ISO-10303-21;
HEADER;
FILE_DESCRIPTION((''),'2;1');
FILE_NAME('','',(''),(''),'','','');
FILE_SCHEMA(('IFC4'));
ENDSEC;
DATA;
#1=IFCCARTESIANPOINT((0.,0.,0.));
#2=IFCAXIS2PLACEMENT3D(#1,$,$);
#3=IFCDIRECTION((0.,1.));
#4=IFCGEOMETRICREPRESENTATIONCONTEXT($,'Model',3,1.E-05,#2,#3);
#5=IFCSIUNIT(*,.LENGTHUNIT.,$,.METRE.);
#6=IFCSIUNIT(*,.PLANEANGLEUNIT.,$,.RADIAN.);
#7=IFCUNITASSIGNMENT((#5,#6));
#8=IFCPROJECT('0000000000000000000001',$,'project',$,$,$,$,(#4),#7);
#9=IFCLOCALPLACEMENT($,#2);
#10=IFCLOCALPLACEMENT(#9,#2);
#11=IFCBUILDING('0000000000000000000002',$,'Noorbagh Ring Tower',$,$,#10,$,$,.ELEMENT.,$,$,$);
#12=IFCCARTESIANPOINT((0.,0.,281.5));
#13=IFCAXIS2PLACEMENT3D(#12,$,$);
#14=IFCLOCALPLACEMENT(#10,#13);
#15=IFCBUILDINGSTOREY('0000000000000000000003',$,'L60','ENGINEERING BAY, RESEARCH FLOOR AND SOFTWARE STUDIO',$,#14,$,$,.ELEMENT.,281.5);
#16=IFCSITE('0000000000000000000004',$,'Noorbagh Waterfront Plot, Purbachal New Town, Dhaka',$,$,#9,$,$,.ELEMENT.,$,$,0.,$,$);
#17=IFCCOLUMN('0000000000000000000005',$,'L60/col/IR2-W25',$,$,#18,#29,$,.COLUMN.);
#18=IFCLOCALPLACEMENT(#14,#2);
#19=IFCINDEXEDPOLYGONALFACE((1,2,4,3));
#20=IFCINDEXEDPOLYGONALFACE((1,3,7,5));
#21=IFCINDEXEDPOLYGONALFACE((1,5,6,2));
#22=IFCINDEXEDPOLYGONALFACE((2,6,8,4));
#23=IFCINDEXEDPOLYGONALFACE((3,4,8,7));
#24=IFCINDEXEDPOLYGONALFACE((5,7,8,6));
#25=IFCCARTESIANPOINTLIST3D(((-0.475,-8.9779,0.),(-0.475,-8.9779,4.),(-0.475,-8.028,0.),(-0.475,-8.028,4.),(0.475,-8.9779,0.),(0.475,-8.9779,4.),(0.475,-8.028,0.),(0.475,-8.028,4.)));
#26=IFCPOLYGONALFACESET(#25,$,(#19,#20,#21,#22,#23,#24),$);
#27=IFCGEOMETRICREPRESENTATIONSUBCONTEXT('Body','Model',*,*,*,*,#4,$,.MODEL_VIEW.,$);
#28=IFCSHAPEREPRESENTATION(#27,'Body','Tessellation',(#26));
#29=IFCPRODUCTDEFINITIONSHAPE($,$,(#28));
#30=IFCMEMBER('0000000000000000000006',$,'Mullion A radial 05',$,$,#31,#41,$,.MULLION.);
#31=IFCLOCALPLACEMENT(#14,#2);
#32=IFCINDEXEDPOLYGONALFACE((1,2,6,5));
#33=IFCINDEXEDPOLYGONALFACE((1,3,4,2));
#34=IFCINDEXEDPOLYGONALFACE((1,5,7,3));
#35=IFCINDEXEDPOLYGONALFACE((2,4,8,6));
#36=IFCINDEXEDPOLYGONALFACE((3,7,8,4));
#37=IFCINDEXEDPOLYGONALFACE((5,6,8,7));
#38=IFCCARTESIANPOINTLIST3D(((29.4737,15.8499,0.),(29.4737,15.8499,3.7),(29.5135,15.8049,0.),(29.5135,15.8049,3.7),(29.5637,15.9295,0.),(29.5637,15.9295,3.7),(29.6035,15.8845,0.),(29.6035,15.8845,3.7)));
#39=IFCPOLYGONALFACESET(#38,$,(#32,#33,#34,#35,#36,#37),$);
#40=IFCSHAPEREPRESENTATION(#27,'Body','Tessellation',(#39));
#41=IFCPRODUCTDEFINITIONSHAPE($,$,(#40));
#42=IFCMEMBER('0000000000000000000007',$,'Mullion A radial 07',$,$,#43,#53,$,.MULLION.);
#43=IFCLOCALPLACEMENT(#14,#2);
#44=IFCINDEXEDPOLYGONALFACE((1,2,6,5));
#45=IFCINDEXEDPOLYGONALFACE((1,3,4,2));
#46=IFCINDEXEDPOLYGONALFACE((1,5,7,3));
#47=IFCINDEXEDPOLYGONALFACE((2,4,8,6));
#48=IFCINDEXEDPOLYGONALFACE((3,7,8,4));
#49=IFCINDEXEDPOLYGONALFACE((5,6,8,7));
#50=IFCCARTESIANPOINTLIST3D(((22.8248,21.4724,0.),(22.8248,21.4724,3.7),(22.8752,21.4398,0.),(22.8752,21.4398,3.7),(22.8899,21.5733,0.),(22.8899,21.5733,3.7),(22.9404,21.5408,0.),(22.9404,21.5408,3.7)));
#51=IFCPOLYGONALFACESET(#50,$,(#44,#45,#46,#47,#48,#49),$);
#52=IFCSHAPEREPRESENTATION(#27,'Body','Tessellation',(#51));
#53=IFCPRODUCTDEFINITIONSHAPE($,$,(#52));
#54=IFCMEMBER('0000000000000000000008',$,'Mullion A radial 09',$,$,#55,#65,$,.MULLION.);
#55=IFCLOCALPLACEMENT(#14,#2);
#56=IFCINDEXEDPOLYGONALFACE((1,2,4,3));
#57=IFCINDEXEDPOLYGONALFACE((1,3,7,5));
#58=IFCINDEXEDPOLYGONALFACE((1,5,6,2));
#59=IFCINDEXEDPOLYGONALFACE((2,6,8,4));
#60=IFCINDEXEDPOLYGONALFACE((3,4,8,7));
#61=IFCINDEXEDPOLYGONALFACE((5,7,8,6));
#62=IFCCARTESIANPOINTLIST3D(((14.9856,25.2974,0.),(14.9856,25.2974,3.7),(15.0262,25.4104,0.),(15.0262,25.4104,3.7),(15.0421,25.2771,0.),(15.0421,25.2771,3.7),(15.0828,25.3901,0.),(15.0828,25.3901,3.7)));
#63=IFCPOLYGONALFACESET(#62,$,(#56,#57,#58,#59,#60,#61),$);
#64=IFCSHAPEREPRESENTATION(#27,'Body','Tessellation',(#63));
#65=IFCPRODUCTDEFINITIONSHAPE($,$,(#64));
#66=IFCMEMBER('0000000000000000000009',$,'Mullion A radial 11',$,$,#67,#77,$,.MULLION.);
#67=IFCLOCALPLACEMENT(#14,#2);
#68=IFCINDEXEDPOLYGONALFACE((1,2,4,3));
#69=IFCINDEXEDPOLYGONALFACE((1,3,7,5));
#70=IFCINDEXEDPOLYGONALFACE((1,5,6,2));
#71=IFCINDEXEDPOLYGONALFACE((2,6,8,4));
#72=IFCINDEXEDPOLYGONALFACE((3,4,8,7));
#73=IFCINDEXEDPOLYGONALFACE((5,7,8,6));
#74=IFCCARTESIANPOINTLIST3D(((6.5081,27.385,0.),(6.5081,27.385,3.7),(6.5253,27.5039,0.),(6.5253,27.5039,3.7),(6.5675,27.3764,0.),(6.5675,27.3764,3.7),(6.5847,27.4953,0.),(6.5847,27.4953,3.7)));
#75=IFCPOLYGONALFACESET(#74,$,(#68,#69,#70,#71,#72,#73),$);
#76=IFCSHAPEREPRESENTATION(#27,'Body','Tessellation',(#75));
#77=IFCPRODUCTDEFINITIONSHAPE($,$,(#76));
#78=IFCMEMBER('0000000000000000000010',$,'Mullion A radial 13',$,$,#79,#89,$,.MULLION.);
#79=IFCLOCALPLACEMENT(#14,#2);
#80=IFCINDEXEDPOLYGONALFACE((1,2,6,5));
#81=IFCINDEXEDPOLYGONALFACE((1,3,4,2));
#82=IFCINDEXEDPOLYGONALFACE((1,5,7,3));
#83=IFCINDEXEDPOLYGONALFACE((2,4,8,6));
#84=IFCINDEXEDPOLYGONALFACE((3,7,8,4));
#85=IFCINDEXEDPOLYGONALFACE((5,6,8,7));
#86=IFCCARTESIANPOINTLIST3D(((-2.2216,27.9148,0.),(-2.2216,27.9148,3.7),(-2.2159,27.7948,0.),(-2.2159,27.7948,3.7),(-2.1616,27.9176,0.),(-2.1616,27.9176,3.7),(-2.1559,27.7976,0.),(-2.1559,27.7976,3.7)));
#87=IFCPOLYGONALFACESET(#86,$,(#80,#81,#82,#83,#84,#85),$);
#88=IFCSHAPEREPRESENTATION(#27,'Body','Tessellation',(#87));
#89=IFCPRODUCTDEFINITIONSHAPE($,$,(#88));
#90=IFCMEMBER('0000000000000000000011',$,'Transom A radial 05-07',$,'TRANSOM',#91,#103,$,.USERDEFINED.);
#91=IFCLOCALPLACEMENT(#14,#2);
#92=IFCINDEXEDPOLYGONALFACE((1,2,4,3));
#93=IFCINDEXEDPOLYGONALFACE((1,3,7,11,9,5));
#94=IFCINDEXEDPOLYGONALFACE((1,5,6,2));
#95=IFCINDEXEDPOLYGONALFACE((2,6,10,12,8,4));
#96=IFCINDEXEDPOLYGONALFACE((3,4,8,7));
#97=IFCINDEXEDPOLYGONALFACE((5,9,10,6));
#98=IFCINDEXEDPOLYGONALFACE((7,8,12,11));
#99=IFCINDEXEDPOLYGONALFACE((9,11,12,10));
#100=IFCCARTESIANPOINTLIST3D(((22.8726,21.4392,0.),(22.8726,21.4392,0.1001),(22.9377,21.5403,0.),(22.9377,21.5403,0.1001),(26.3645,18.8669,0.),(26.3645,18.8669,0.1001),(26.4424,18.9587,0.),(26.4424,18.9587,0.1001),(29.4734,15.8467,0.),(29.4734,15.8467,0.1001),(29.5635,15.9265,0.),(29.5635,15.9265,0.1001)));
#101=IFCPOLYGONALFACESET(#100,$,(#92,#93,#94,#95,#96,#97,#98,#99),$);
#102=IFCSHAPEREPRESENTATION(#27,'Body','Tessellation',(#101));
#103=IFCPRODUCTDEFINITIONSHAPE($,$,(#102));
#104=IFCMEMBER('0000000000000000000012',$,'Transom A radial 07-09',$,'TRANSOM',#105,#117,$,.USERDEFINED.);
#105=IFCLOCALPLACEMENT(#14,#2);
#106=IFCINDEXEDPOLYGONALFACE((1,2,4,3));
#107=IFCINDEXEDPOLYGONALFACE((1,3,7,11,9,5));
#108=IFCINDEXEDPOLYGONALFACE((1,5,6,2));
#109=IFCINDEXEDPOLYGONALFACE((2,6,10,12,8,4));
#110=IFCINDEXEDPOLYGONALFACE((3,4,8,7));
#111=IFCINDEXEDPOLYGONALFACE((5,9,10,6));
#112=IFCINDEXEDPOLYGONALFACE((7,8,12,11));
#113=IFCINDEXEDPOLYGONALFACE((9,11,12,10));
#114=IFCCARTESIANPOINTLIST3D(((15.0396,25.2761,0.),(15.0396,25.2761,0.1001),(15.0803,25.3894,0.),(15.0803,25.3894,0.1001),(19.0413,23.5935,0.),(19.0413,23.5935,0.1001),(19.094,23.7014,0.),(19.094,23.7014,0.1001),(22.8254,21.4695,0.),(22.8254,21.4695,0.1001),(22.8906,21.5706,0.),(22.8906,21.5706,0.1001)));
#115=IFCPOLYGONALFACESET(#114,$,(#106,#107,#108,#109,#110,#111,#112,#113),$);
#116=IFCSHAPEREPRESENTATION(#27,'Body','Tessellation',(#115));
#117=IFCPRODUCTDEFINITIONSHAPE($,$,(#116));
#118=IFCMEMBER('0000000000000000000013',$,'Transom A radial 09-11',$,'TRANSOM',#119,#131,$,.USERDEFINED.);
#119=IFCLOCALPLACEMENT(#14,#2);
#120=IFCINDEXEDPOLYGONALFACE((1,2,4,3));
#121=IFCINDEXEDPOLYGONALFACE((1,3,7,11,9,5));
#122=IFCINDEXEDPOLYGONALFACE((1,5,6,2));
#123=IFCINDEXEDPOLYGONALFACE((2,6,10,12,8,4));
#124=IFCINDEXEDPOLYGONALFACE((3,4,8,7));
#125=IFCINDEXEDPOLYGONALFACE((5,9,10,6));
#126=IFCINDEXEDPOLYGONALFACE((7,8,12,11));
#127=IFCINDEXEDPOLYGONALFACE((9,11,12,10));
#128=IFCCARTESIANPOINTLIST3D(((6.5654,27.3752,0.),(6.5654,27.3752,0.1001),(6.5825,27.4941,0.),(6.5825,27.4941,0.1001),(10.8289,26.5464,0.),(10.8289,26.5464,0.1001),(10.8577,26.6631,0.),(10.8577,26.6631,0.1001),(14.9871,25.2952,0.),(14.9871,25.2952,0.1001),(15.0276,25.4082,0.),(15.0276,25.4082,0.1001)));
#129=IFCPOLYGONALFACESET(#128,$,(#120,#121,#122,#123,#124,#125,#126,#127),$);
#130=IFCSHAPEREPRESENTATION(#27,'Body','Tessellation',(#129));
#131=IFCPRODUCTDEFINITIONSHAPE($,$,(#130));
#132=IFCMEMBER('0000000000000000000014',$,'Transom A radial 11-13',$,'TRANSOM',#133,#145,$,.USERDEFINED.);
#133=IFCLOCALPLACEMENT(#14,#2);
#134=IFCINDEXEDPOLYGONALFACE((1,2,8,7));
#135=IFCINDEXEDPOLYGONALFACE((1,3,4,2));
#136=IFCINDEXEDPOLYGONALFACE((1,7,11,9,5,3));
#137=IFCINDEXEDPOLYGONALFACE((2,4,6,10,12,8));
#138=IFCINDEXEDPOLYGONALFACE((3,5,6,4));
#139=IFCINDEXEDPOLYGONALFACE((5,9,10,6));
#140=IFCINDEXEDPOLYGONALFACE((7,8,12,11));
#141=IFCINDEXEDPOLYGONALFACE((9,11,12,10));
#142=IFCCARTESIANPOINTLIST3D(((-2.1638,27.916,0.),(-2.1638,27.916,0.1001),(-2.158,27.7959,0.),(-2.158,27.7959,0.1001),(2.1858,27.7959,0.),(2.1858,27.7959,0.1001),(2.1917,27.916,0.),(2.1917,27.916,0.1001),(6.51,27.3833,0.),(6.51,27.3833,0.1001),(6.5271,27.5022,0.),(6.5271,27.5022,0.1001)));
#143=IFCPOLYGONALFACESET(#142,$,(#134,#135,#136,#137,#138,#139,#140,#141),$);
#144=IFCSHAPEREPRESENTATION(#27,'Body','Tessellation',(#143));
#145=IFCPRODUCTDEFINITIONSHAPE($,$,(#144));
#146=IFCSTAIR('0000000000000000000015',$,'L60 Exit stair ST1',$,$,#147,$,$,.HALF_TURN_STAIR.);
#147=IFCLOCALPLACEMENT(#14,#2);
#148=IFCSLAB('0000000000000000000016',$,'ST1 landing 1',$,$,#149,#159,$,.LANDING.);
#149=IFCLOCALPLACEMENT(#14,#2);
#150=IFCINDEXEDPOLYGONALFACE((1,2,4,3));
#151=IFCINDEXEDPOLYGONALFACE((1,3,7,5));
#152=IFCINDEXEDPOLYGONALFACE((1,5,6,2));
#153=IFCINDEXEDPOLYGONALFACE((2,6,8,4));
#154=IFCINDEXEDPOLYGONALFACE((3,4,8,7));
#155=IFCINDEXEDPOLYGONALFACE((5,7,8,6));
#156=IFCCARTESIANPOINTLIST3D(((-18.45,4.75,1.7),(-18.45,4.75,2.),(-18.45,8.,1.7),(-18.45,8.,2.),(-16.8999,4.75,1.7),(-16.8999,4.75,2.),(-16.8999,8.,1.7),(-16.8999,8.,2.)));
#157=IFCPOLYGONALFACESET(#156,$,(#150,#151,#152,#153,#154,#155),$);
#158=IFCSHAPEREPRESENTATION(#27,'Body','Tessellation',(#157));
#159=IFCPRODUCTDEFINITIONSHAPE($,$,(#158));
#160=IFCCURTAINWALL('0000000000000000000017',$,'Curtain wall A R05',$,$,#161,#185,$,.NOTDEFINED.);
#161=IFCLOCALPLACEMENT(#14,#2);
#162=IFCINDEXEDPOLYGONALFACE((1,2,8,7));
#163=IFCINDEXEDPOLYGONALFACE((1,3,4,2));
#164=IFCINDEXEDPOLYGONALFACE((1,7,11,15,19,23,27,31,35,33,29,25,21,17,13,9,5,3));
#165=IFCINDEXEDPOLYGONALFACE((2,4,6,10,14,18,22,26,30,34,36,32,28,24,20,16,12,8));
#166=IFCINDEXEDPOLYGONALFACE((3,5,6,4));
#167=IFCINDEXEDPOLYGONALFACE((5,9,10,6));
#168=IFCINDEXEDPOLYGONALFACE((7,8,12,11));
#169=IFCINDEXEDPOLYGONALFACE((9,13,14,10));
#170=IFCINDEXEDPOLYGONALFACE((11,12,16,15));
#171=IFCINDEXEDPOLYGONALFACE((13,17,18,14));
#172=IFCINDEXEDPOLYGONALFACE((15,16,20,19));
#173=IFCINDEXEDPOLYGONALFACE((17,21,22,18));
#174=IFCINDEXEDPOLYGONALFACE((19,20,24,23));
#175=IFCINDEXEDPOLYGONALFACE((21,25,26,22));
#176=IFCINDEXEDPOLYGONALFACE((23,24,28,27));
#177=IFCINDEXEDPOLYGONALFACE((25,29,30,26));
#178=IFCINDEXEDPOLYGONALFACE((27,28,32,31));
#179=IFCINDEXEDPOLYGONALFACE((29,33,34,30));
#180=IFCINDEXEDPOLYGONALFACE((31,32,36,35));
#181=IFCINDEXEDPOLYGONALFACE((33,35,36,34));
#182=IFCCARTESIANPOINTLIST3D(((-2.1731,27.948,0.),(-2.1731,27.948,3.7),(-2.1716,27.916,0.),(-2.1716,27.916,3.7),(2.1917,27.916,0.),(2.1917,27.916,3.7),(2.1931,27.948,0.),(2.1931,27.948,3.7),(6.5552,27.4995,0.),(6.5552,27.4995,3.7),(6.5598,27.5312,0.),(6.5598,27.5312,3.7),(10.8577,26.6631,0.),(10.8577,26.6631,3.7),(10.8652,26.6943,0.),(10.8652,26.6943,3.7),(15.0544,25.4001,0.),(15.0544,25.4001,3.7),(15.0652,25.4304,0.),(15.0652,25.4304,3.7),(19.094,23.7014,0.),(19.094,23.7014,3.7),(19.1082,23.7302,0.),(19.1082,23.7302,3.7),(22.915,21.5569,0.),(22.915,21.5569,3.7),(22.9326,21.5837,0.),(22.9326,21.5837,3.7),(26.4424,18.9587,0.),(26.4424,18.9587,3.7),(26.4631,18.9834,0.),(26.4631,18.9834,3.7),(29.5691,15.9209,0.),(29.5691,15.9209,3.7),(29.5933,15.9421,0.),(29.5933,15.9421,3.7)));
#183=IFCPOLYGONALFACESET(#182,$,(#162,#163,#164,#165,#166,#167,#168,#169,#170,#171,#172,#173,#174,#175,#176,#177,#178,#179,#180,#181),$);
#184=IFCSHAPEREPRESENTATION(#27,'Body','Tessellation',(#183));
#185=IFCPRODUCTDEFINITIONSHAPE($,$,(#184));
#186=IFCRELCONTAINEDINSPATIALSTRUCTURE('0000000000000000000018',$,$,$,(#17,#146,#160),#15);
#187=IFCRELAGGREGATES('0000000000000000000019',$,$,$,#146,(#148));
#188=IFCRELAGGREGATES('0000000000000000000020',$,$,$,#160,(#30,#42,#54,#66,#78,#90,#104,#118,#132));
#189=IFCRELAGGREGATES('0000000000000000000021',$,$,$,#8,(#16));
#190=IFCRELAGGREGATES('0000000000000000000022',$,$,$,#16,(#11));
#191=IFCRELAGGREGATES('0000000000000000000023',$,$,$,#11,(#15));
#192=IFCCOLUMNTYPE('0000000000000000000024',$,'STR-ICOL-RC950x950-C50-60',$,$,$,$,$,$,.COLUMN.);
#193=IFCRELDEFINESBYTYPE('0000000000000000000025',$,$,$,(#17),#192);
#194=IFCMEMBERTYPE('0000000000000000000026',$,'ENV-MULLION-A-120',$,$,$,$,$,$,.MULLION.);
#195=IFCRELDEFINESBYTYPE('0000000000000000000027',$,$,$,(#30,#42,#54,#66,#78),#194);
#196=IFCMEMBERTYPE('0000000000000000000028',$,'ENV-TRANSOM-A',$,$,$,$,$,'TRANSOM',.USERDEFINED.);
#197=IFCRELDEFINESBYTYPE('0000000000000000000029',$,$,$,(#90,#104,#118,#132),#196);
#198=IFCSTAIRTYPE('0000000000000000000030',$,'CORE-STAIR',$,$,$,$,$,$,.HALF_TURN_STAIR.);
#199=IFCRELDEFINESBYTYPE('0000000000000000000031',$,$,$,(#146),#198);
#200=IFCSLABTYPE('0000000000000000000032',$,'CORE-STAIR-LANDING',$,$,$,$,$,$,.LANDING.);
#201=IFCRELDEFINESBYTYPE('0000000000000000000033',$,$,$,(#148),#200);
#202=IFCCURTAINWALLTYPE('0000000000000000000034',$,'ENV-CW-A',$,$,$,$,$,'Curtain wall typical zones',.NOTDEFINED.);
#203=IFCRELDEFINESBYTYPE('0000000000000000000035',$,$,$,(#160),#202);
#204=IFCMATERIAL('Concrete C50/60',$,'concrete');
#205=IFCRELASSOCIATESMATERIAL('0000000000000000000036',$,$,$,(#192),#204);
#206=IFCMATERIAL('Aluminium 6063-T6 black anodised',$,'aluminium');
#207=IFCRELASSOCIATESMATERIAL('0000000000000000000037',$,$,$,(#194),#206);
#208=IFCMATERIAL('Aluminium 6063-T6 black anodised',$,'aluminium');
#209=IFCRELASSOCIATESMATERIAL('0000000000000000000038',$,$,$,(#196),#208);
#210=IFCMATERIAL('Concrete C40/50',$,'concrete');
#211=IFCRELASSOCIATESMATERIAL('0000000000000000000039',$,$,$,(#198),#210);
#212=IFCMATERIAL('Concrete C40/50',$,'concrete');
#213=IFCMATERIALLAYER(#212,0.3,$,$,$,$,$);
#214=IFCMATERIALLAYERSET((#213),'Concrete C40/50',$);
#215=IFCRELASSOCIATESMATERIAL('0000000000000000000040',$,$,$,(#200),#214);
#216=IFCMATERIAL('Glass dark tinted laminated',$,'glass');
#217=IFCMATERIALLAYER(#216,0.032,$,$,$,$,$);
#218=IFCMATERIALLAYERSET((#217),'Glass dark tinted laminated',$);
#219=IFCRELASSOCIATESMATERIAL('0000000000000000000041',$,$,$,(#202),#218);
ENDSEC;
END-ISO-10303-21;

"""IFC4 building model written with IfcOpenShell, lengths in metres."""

from ifc_helpers import new_model, si_unit, direction, frame, origin, origin_2d, place, context, subcontext, project, spatial, polyline, rectangle, outline, extrude, material, layer, layer_set, material_profile, profile_set, type_object, element, aggregate, save


model = new_model("IFC4")

# Units and contexts
model_context = context("Model", 3, precision=1e-05, world=origin(), true_north=direction((0.0, 1.0)))
body_context = subcontext(model_context, "Body", "Model", "MODEL_VIEW")
ifc_project = project(units=[si_unit("LENGTHUNIT", "METRE"), si_unit("PLANEANGLEUNIT", "RADIAN")], contexts=[model_context])

# Site, building, storey
site_placement = place(None, origin())
site = spatial("IfcSite", under=ifc_project, at=site_placement, Name="Noorbagh Waterfront Plot, Purbachal New Town, Dhaka", CompositionType="ELEMENT", RefElevation=0.0)
building_placement = place(site_placement, origin())
building = spatial("IfcBuilding", under=site, at=building_placement, Name="Noorbagh Ring Tower", CompositionType="ELEMENT")
storey_placement = place(building_placement, frame((0.0, 0.0, 281.5)))
storey = spatial("IfcBuildingStorey", under=building, at=storey_placement, Name="L60", Description="ENGINEERING BAY, RESEARCH FLOOR AND SOFTWARE STUDIO", CompositionType="ELEMENT", Elevation=281.5)

# Column
ifc_material_1 = material(Name="Concrete C50/60", Category="concrete")
ifc_material_profile_1 = material_profile(ifc_material_1, rectangle(XDim=0.95, YDim=0.95, at=origin_2d()), Name="RC950x950")
ifc_profile_set_1 = profile_set([ifc_material_profile_1], Name="Concrete C50/60")
column_type = type_object("IfcColumnType", Name="STR-ICOL-RC950x950-C50-60", PredefinedType="COLUMN", material=ifc_profile_set_1)
column_placement = place(storey_placement, frame((0.0, -8.5029, 0.0), z_axis=(0.0, 0.0, 1.0), x_axis=(1.0, 0.0, 0.0)))
element("IfcColumn", 1, at=column_placement, inside=storey, type_object=column_type, Name="L60/col/IR2-W25", PredefinedType="COLUMN", context=body_context, shape_type="SweptSolid", body=[
    extrude(rectangle(XDim=0.95, YDim=0.95, at=origin_2d()), origin(), (0.0, 0.0, 1.0), 4.0),
])

# Members
ifc_material_2 = material(Name="Aluminium 6063-T6 black anodised", Category="aluminium")
ifc_material_profile_2 = material_profile(ifc_material_2, rectangle(XDim=0.1201, YDim=0.0601, at=origin_2d()), Name="120x60")
ifc_profile_set_2 = profile_set([ifc_material_profile_2], Name="Aluminium 6063-T6 black anodised")
member_type_1 = type_object("IfcMemberType", Name="ENV-MULLION-A-120", PredefinedType="MULLION", material=ifc_profile_set_2)
member_1_placement = place(storey_placement, frame((29.5386, 15.8672, 0.0), z_axis=(0.0, 0.0, 1.0), x_axis=(-0.749047, -0.662517, 0.0)))
member_1 = element("IfcMember", 2, at=member_1_placement, type_object=member_type_1, Name="Mullion A radial 05", PredefinedType="MULLION", context=body_context, shape_type="SweptSolid", body=[
    extrude(rectangle(XDim=0.1201, YDim=0.0601, at=origin_2d()), origin(), (0.0, 0.0, 1.0), 3.7),
])
member_2_placement = place(storey_placement, frame((22.8826, 21.5066, 0.0), z_axis=(0.0, 0.0, 1.0), x_axis=(-0.542279, -0.840198, 0.0)))
member_2 = element("IfcMember", 3, at=member_2_placement, type_object=member_type_1, Name="Mullion A radial 07", PredefinedType="MULLION", context=body_context, shape_type="SweptSolid", body=[
    extrude(rectangle(XDim=0.1201, YDim=0.0601, at=origin_2d()), origin(), (0.0, 0.0, 1.0), 3.7),
])
member_3_placement = place(storey_placement, frame((15.0342, 25.3438, 0.0), z_axis=(0.0, 0.0, 1.0), x_axis=(-0.338379, -0.94101, 0.0)))
member_3 = element("IfcMember", 4, at=member_3_placement, type_object=member_type_1, Name="Mullion A radial 09", PredefinedType="MULLION", context=body_context, shape_type="SweptSolid", body=[
    extrude(rectangle(XDim=0.1201, YDim=0.0601, at=origin_2d()), origin(), (0.0, 0.0, 1.0), 3.7),
])
member_4_placement = place(storey_placement, frame((6.5464, 27.4402, 0.0), z_axis=(0.0, 0.0, 1.0), x_axis=(-0.143082, -0.989711, 0.0)))
member_4 = element("IfcMember", 5, at=member_4_placement, type_object=member_type_1, Name="Mullion A radial 11", PredefinedType="MULLION", context=body_context, shape_type="SweptSolid", body=[
    extrude(rectangle(XDim=0.1201, YDim=0.0601, at=origin_2d()), origin(), (0.0, 0.0, 1.0), 3.7),
])
member_5_placement = place(storey_placement, frame((-2.1887, 27.8562, 0.0), z_axis=(0.0, 0.0, 1.0), x_axis=(0.047558, -0.998868, 0.0)))
member_5 = element("IfcMember", 6, at=member_5_placement, type_object=member_type_1, Name="Mullion A radial 13", PredefinedType="MULLION", context=body_context, shape_type="SweptSolid", body=[
    extrude(rectangle(XDim=0.1201, YDim=0.0601, at=origin_2d()), origin(), (0.0, 0.0, 1.0), 3.7),
])
ifc_material_3 = material(Name="Aluminium 6063-T6 black anodised", Category="aluminium")
member_type_2 = type_object("IfcMemberType", Name="ENV-TRANSOM-A", ElementType="TRANSOM", PredefinedType="USERDEFINED", material=ifc_material_3)
member_6_placement = place(storey_placement, origin())
member_6 = element("IfcMember", 7, at=member_6_placement, type_object=member_type_2, Name="Transom A radial 05-07", ObjectType="TRANSOM", PredefinedType="USERDEFINED", context=body_context, shape_type="SweptSolid", body=[
    extrude(outline(polyline([(29.5635, 15.9265), (26.4424, 18.9587), (22.9377, 21.5403), (22.8726, 21.4392), (26.3645, 18.8669), (29.4734, 15.8467), (29.5635, 15.9265)])), origin(), (0.0, 0.0, 1.0), 0.1001),
])
member_7_placement = place(storey_placement, origin())
member_7 = element("IfcMember", 8, at=member_7_placement, type_object=member_type_2, Name="Transom A radial 07-09", ObjectType="TRANSOM", PredefinedType="USERDEFINED", context=body_context, shape_type="SweptSolid", body=[
    extrude(outline(polyline([(22.8906, 21.5706), (19.094, 23.7014), (15.0803, 25.3894), (15.0396, 25.2761), (19.0413, 23.5935), (22.8254, 21.4695), (22.8906, 21.5706)])), origin(), (0.0, 0.0, 1.0), 0.1001),
])
member_8_placement = place(storey_placement, origin())
member_8 = element("IfcMember", 9, at=member_8_placement, type_object=member_type_2, Name="Transom A radial 09-11", ObjectType="TRANSOM", PredefinedType="USERDEFINED", context=body_context, shape_type="SweptSolid", body=[
    extrude(outline(polyline([(15.0276, 25.4082), (10.8577, 26.6631), (6.5825, 27.4941), (6.5654, 27.3752), (10.8289, 26.5464), (14.9871, 25.2952), (15.0276, 25.4082)])), origin(), (0.0, 0.0, 1.0), 0.1001),
])
member_9_placement = place(storey_placement, origin())
member_9 = element("IfcMember", 10, at=member_9_placement, type_object=member_type_2, Name="Transom A radial 11-13", ObjectType="TRANSOM", PredefinedType="USERDEFINED", context=body_context, shape_type="SweptSolid", body=[
    extrude(outline(polyline([(6.5271, 27.5022), (2.1917, 27.916), (-2.1638, 27.916), (-2.158, 27.7959), (2.1858, 27.7959), (6.51, 27.3833), (6.5271, 27.5022)])), origin(), (0.0, 0.0, 1.0), 0.1001),
])

# Stair, slab
ifc_material_4 = material(Name="Concrete C40/50", Category="concrete")
stair_type = type_object("IfcStairType", Name="CORE-STAIR", PredefinedType="HALF_TURN_STAIR", material=ifc_material_4)
stair_1_placement = place(storey_placement, origin())
stair_1 = element("IfcStair", 11, at=stair_1_placement, inside=storey, type_object=stair_type, Name="L60 Exit stair ST1", PredefinedType="HALF_TURN_STAIR")
ifc_material_5 = material(Name="Concrete C40/50", Category="concrete")
ifc_layer_1 = layer(ifc_material_5, 0.3)
ifc_layer_set_1 = layer_set([ifc_layer_1], Name="Concrete C40/50")
slab_type_1 = type_object("IfcSlabType", Name="CORE-STAIR-LANDING", PredefinedType="LANDING", material=ifc_layer_set_1)
slab_1_placement = place(storey_placement, frame((0.0, 0.0, 1.7)))
slab_1 = element("IfcSlab", 12, at=slab_1_placement, type_object=slab_type_1, Name="ST1 landing 1", PredefinedType="LANDING", context=body_context, shape_type="SweptSolid", body=[
    extrude(outline(polyline([(-18.45, 4.75), (-16.8999, 4.75), (-16.8999, 8.0), (-18.45, 8.0), (-18.45, 4.75)])), origin(), (0.0, 0.0, 1.0), 0.3),
])
aggregate(stair_1, [slab_1])

# Curtain wall
ifc_material_6 = material(Name="Glass dark tinted laminated", Category="glass")
ifc_layer_2 = layer(ifc_material_6, 0.032)
ifc_layer_set_2 = layer_set([ifc_layer_2], Name="Glass dark tinted laminated")
curtain_wall_type = type_object("IfcCurtainWallType", Name="ENV-CW-A", ElementType="Curtain wall typical zones", PredefinedType="NOTDEFINED", material=ifc_layer_set_2)
curtain_wall_1_placement = place(storey_placement, origin())
curtain_wall_1 = element("IfcCurtainWall", 13, at=curtain_wall_1_placement, inside=storey, type_object=curtain_wall_type, Name="Curtain wall A R05", PredefinedType="NOTDEFINED", context=body_context, shape_type="SweptSolid", body=[
    extrude(outline(polyline([(29.5933, 15.9421), (26.4631, 18.9834), (22.9326, 21.5837), (19.1082, 23.7302), (15.0652, 25.4304), (10.8652, 26.6943), (6.5598, 27.5312), (2.1931, 27.948), (-2.1731, 27.948), (-2.1716, 27.916), (2.1917, 27.916), (6.5552, 27.4995), (10.8577, 26.6631), (15.0544, 25.4001), (19.094, 23.7014), (22.915, 21.5569), (26.4424, 18.9587), (29.5691, 15.9209), (29.5933, 15.9421)])), origin(), (0.0, 0.0, 1.0), 3.7),
])
aggregate(curtain_wall_1, [member_1, member_2, member_3, member_4, member_5, member_6, member_7, member_8, member_9])

save(model, "model.ifc")
